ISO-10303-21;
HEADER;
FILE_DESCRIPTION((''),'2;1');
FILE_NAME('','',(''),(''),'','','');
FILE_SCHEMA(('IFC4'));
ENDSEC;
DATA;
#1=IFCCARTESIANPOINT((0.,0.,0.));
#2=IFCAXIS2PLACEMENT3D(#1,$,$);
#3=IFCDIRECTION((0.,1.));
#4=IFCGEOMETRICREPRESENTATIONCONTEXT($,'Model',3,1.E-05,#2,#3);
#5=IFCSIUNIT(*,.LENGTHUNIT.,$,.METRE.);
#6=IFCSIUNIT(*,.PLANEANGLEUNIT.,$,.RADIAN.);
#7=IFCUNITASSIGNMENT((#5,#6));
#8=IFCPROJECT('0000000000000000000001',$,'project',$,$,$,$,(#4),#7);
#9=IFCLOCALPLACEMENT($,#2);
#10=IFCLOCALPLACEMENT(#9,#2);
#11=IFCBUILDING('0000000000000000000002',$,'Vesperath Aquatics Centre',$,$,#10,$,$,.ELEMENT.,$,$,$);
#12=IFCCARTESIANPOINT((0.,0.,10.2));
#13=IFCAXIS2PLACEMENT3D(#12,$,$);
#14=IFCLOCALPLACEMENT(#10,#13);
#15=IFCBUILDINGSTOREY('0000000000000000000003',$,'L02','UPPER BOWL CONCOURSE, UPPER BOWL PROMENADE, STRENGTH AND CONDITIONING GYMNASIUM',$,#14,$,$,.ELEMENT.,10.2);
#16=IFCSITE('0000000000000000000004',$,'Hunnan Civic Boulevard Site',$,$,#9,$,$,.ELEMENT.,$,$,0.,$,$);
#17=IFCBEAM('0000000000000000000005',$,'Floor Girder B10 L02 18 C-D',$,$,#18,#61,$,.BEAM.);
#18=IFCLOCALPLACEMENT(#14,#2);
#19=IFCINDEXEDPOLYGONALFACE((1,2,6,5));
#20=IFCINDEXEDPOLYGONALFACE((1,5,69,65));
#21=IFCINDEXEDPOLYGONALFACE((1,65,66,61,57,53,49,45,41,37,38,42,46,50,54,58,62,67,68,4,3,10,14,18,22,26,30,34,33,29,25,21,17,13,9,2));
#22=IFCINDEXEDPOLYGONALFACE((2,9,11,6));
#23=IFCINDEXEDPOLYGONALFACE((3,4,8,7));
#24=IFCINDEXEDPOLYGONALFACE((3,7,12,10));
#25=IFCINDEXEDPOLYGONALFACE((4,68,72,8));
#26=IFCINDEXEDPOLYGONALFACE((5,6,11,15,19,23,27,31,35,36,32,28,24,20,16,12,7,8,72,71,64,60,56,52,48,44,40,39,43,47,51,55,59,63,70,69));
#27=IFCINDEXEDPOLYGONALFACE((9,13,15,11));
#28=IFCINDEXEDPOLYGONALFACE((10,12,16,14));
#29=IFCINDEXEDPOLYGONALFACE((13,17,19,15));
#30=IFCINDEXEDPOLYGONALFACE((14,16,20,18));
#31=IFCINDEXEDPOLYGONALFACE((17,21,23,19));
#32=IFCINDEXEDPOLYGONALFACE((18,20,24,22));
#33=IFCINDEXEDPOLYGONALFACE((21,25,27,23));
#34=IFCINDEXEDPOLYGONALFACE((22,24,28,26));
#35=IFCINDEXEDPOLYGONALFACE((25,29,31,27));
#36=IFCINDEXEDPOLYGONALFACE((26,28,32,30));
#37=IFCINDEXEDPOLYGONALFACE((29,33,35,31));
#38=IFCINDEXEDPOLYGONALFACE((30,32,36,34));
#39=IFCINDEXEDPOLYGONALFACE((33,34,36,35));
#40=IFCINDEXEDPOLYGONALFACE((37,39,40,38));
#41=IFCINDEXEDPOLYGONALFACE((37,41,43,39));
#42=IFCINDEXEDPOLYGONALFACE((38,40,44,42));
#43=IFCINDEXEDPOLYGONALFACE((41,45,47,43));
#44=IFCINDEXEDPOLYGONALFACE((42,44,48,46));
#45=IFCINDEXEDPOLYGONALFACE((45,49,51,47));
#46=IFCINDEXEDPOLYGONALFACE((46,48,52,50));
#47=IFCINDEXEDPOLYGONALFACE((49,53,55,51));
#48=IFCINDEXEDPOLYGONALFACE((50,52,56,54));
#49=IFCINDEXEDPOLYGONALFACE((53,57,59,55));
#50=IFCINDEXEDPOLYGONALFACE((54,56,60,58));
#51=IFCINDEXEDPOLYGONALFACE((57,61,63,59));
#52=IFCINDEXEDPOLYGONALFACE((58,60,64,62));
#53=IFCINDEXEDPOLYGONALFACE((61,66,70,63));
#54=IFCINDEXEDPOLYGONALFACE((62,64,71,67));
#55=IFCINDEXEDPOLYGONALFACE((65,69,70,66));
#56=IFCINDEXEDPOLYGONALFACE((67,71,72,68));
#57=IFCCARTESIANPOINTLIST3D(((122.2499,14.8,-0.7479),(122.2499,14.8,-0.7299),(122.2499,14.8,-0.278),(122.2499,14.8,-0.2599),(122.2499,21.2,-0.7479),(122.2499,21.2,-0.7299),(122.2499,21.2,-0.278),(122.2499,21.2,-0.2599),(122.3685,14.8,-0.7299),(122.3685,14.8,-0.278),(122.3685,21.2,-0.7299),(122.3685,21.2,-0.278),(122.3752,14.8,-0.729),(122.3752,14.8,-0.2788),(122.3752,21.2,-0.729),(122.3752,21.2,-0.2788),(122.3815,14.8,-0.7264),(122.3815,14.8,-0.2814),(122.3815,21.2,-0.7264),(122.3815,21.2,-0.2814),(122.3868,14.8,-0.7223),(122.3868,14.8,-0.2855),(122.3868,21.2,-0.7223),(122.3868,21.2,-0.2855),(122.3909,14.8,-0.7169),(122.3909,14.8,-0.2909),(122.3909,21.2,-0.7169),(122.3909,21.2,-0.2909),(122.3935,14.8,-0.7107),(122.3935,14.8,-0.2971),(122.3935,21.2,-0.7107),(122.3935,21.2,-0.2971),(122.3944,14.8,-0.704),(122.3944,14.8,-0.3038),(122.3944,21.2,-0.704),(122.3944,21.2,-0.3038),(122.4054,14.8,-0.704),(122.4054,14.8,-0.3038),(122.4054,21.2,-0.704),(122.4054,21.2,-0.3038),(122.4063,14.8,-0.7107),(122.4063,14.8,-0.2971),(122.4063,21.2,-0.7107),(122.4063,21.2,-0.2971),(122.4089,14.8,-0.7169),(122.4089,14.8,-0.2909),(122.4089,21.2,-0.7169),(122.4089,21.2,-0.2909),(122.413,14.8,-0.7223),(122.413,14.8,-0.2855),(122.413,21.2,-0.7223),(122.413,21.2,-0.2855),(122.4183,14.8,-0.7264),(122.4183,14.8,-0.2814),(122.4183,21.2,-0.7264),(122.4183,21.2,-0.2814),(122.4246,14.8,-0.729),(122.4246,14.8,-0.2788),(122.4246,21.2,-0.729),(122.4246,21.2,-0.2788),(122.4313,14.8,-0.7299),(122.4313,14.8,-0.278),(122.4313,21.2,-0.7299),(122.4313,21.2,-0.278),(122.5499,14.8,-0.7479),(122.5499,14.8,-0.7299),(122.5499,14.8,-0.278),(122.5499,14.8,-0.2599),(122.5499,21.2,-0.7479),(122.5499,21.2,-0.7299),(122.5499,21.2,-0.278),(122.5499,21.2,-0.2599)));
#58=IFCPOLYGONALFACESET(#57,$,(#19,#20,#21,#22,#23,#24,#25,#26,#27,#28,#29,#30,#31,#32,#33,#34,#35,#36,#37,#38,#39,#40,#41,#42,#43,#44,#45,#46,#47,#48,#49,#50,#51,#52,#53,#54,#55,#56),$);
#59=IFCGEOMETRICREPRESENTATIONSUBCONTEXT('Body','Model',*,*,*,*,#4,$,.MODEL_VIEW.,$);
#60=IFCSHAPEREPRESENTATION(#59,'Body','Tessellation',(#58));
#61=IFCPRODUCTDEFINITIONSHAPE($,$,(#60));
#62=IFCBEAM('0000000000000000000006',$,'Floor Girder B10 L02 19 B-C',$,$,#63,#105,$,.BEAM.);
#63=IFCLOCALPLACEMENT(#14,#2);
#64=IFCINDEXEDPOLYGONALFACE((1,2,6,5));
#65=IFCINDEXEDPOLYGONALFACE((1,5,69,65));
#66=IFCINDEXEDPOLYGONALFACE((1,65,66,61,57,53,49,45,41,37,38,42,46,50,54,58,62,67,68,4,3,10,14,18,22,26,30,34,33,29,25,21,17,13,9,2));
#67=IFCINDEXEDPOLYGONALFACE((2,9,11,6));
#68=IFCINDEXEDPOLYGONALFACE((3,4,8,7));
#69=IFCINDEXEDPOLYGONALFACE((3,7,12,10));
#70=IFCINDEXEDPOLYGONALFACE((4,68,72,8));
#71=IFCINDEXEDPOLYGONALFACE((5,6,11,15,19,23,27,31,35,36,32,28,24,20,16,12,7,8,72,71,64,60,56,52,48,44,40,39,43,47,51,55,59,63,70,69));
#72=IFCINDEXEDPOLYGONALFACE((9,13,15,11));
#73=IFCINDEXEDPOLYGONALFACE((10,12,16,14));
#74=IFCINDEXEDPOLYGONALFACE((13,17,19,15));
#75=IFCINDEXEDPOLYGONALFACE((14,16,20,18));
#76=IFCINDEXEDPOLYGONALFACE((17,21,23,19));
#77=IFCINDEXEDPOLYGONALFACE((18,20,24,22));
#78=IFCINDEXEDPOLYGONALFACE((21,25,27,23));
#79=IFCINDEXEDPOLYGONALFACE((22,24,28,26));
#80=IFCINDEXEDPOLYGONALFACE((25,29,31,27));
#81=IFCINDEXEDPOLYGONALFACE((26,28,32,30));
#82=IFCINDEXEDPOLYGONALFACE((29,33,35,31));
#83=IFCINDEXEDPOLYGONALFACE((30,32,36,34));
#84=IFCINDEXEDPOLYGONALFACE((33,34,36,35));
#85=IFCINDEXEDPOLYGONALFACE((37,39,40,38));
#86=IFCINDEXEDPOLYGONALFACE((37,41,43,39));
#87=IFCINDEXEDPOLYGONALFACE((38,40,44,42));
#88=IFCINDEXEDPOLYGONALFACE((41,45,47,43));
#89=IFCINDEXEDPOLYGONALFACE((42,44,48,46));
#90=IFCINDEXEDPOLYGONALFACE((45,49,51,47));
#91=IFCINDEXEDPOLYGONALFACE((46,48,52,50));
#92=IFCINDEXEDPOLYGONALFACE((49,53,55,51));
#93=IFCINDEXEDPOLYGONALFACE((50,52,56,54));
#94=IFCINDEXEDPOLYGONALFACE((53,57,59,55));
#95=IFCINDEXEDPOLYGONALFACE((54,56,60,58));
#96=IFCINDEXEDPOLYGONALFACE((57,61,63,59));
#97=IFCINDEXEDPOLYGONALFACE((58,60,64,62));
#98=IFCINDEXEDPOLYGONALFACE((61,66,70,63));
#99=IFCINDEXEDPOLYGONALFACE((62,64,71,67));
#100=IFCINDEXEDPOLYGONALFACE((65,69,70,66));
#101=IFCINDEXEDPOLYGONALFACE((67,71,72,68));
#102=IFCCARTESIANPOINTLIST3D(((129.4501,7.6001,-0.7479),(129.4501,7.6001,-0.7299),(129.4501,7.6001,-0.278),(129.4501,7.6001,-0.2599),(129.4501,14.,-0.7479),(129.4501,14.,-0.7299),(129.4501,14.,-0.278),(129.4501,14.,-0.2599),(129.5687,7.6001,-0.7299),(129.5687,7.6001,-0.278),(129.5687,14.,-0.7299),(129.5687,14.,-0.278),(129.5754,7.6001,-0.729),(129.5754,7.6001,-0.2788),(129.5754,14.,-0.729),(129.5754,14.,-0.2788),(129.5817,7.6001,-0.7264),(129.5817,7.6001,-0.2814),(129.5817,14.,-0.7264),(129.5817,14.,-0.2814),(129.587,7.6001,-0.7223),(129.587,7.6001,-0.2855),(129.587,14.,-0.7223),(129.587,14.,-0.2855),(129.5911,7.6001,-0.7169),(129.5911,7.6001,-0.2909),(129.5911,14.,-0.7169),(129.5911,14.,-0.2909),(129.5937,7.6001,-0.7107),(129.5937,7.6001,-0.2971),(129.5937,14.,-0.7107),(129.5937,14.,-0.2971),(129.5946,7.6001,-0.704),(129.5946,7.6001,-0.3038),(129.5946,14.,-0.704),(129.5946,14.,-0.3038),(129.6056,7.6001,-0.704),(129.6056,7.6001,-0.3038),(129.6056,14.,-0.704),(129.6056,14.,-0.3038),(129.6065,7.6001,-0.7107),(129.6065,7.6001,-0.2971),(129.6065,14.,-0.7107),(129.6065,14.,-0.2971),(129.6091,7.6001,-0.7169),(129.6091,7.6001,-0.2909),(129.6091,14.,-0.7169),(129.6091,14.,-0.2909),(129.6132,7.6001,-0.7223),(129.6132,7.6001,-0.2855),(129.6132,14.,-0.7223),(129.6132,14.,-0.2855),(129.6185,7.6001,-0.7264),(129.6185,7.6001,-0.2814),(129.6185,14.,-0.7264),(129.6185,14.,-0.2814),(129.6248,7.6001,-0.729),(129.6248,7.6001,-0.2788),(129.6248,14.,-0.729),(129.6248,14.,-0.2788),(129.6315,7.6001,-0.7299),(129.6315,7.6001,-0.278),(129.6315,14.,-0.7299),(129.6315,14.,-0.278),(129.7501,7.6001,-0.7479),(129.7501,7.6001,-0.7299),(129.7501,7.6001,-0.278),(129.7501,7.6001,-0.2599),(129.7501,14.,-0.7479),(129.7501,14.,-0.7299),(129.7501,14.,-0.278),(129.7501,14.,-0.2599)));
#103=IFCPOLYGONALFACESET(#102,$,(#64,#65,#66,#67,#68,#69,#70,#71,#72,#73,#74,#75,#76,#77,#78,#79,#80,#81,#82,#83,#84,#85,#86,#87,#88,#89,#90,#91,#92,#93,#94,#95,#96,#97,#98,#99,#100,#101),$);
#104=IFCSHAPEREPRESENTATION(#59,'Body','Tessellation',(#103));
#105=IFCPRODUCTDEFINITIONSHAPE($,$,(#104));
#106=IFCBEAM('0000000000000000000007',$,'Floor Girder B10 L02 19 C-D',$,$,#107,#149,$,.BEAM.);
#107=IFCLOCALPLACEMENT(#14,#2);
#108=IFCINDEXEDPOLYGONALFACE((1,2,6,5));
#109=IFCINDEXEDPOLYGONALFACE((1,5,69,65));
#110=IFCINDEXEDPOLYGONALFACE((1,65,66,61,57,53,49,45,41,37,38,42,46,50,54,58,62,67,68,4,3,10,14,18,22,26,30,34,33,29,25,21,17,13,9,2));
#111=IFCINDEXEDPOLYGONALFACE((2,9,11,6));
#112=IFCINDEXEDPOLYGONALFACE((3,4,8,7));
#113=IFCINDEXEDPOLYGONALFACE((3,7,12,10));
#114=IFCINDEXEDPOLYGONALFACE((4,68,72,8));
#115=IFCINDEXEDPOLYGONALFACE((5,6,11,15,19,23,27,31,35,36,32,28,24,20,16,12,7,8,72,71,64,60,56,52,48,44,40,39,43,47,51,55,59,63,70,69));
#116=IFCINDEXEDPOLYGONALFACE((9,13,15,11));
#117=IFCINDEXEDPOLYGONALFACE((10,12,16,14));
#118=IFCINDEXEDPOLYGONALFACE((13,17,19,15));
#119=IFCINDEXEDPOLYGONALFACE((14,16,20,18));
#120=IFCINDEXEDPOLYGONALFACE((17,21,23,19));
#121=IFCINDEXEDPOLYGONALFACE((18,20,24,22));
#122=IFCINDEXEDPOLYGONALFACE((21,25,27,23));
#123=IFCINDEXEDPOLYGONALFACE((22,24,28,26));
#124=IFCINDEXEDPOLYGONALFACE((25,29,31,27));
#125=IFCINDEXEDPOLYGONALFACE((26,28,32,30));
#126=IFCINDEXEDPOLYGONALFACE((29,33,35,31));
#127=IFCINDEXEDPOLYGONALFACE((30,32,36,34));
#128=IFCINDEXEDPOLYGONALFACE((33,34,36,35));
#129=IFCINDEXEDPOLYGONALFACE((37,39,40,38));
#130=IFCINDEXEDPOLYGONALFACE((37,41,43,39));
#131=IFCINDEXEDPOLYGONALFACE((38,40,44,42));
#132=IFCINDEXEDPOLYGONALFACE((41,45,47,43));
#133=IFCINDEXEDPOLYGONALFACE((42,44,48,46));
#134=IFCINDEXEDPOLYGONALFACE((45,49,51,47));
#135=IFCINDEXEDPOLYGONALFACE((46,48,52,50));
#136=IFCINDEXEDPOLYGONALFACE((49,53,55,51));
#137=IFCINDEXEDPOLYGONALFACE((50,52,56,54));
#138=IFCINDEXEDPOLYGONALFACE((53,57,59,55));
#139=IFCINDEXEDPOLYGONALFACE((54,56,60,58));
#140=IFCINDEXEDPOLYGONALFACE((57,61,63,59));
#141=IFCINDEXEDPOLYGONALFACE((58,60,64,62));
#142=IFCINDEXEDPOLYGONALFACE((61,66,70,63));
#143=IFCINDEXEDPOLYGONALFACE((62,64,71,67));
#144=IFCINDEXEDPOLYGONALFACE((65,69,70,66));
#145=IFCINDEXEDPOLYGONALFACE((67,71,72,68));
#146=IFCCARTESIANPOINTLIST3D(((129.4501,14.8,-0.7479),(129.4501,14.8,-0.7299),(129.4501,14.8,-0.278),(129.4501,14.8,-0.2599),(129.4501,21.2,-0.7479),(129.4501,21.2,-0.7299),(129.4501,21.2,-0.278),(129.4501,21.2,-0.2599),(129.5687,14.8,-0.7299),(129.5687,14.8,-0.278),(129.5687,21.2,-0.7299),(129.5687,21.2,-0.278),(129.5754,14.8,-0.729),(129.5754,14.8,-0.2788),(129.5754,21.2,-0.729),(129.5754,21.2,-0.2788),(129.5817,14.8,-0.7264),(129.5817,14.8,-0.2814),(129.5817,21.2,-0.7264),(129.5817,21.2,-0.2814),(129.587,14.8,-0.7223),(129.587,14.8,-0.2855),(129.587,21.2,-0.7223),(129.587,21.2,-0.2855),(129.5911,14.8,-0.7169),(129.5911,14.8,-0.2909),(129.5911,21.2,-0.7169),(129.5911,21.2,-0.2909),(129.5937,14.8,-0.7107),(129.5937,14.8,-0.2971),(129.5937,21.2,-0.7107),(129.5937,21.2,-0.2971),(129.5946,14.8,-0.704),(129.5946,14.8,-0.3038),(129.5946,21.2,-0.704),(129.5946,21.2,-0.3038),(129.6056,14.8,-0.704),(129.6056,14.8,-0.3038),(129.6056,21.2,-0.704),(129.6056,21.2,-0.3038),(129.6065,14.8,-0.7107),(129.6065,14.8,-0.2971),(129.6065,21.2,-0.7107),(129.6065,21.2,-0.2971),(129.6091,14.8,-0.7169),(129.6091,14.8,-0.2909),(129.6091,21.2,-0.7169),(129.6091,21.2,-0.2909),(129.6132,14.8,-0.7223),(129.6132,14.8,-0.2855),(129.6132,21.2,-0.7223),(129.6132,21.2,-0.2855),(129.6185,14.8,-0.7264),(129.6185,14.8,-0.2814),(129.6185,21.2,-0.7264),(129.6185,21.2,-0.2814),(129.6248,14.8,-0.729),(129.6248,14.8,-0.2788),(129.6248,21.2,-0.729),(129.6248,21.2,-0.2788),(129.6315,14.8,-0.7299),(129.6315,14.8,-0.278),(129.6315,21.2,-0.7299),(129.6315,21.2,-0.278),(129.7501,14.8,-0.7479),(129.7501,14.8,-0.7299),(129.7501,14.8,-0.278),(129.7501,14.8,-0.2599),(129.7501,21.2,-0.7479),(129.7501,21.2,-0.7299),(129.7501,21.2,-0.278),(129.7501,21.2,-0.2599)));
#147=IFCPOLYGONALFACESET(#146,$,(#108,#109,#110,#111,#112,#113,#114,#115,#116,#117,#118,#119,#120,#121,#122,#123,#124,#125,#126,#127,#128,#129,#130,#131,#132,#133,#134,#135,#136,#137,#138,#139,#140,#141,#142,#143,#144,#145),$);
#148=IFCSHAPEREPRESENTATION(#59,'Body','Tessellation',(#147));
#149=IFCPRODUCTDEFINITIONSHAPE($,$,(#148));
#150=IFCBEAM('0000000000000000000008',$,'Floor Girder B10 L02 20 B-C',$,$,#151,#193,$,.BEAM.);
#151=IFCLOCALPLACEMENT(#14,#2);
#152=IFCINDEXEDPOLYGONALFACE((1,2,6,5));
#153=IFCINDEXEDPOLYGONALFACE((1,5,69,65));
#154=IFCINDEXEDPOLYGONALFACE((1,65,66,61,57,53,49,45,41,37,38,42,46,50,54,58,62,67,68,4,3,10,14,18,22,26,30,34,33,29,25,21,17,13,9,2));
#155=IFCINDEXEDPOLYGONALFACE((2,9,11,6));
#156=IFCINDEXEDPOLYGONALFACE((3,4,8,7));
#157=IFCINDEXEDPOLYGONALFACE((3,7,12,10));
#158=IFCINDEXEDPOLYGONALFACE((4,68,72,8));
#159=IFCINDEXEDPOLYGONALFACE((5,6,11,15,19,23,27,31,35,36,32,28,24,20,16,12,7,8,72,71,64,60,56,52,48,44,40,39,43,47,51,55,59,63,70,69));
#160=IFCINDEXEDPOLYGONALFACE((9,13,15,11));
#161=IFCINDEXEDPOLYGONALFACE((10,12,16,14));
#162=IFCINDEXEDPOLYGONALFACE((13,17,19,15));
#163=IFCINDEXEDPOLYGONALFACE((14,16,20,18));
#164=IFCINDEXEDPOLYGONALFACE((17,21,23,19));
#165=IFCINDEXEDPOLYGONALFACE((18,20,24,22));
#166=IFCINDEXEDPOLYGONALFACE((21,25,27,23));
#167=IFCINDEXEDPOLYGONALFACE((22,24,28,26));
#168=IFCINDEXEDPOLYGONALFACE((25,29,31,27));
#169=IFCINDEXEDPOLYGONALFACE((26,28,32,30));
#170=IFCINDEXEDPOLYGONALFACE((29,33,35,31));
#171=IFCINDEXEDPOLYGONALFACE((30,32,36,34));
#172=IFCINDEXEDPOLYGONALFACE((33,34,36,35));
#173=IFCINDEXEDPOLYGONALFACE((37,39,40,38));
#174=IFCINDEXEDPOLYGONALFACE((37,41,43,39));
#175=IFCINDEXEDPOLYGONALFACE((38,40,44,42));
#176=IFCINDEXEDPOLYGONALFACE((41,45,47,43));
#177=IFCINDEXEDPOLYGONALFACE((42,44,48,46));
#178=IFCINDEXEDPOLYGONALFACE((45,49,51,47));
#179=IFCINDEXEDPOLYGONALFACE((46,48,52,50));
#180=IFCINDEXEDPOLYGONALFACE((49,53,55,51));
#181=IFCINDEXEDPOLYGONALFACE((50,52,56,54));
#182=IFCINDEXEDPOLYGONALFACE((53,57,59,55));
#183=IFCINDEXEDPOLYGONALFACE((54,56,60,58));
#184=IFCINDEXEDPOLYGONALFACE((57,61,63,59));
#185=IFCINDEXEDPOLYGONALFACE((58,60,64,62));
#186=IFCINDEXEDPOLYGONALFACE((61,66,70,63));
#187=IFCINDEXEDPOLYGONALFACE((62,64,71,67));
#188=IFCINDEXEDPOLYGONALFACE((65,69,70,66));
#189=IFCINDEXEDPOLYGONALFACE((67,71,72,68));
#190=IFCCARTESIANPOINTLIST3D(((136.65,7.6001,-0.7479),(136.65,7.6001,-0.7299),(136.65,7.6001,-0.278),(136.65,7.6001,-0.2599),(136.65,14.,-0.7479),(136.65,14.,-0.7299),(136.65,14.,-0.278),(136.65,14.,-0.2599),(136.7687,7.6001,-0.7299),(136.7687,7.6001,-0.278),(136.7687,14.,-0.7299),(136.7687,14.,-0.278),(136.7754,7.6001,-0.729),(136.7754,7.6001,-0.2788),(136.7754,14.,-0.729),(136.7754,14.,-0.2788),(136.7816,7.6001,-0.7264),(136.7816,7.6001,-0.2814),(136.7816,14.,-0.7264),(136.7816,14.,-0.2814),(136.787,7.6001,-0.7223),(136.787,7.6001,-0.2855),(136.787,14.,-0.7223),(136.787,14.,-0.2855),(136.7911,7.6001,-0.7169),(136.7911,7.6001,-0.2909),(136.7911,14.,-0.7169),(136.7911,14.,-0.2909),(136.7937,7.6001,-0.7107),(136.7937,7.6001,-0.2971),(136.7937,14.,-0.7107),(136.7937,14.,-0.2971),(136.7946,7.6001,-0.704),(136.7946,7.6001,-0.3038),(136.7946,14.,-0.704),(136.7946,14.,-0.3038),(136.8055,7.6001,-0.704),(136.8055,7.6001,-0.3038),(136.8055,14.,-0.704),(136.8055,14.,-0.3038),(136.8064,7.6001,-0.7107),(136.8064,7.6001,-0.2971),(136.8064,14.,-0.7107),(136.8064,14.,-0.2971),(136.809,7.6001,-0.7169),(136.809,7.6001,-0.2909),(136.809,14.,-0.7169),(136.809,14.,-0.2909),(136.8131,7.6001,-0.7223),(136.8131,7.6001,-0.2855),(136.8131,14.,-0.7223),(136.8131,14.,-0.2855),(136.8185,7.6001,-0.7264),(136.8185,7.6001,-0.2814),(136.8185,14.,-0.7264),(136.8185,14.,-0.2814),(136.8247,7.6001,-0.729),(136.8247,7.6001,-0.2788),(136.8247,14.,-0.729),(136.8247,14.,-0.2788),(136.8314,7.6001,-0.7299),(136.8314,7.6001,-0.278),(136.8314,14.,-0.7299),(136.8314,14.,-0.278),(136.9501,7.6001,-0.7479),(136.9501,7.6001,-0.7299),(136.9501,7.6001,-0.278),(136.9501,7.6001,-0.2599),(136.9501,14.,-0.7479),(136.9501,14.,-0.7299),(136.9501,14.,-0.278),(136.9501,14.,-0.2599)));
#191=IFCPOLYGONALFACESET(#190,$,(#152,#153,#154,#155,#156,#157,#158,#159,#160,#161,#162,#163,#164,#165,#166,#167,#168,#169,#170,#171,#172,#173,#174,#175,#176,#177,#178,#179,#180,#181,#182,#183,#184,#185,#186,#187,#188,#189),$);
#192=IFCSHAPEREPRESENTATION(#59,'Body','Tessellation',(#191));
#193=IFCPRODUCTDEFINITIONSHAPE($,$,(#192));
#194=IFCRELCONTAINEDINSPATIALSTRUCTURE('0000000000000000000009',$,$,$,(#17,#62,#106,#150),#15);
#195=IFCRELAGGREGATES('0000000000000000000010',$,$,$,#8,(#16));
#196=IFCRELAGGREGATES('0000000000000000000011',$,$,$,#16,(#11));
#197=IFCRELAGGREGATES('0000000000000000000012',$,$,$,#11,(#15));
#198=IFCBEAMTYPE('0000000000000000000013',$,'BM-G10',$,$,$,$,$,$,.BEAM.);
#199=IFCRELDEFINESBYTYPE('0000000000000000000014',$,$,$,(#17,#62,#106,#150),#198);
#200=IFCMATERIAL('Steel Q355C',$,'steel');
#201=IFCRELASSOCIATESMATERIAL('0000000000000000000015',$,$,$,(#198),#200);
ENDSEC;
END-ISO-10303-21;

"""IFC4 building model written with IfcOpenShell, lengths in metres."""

from ifc_helpers import new_model, si_unit, direction, frame, origin, origin_2d, place, context, subcontext, project, spatial, i_section, extrude, material, material_profile, profile_set, type_object, element, save


model = new_model("IFC4")

# Units and contexts
model_context = context("Model", 3, precision=1e-05, world=origin(), true_north=direction((0.0, 1.0)))
body_context = subcontext(model_context, "Body", "Model", "MODEL_VIEW")
ifc_project = project(units=[si_unit("LENGTHUNIT", "METRE"), si_unit("PLANEANGLEUNIT", "RADIAN")], contexts=[model_context])

# Site, building, storey
site_placement = place(None, origin())
site = spatial("IfcSite", under=ifc_project, at=site_placement, Name="Hunnan Civic Boulevard Site", CompositionType="ELEMENT", RefElevation=0.0)
building_placement = place(site_placement, origin())
building = spatial("IfcBuilding", under=site, at=building_placement, Name="Vesperath Aquatics Centre", CompositionType="ELEMENT")
storey_placement = place(building_placement, frame((0.0, 0.0, 10.2)))
storey = spatial("IfcBuildingStorey", under=building, at=storey_placement, Name="L02", Description="UPPER BOWL CONCOURSE, UPPER BOWL PROMENADE, STRENGTH AND CONDITIONING GYMNASIUM", CompositionType="ELEMENT", Elevation=10.2)

# Beams
ifc_material_1 = material(Name="Steel Q355C", Category="steel")
ifc_material_profile_1 = material_profile(ifc_material_1, i_section(OverallWidth=0.3, OverallDepth=0.488, WebThickness=0.011, FlangeThickness=0.0181, FilletRadius=0.0259, at=origin_2d()), Name="HM 488x300x11x18")
ifc_profile_set_1 = profile_set([ifc_material_profile_1], Name="Steel Q355C")
beam_type_1 = type_object("IfcBeamType", Name="BM-G10", PredefinedType="BEAM", material=ifc_profile_set_1)
for number, where, z_axis, x_axis, name in (
    (1, (122.3999, 14.8, -0.5039), (0.0, 1.0, 0.0), (-1.0, 0.0, 0.0), "Floor Girder B10 L02 18 C-D"),
    (2, (129.6001, 7.6001, -0.5039), (0.0, 1.0, 0.0), (-1.0, 0.0, 0.0), "Floor Girder B10 L02 19 B-C"),
    (3, (129.6001, 14.8, -0.5039), (0.0, 1.0, 0.0), (-1.0, 0.0, 0.0), "Floor Girder B10 L02 19 C-D"),
    (4, (136.8, 7.6001, -0.5039), (0.0, 1.0, 0.0), (-1.0, 0.0, 0.0), "Floor Girder B10 L02 20 B-C"),
):
    element("IfcBeam", number, at=place(storey_placement, frame(where, z_axis=z_axis, x_axis=x_axis)), inside=storey, type_object=beam_type_1, Name=name, PredefinedType="BEAM", context=body_context, shape_type="SweptSolid", body=[
        extrude(i_section(OverallWidth=0.3, OverallDepth=0.488, WebThickness=0.011, FlangeThickness=0.0181, FilletRadius=0.0259, at=origin_2d()), origin(), (0.0, 0.0, 1.0), 6.3999),
    ])

save(model, "model.ifc")
